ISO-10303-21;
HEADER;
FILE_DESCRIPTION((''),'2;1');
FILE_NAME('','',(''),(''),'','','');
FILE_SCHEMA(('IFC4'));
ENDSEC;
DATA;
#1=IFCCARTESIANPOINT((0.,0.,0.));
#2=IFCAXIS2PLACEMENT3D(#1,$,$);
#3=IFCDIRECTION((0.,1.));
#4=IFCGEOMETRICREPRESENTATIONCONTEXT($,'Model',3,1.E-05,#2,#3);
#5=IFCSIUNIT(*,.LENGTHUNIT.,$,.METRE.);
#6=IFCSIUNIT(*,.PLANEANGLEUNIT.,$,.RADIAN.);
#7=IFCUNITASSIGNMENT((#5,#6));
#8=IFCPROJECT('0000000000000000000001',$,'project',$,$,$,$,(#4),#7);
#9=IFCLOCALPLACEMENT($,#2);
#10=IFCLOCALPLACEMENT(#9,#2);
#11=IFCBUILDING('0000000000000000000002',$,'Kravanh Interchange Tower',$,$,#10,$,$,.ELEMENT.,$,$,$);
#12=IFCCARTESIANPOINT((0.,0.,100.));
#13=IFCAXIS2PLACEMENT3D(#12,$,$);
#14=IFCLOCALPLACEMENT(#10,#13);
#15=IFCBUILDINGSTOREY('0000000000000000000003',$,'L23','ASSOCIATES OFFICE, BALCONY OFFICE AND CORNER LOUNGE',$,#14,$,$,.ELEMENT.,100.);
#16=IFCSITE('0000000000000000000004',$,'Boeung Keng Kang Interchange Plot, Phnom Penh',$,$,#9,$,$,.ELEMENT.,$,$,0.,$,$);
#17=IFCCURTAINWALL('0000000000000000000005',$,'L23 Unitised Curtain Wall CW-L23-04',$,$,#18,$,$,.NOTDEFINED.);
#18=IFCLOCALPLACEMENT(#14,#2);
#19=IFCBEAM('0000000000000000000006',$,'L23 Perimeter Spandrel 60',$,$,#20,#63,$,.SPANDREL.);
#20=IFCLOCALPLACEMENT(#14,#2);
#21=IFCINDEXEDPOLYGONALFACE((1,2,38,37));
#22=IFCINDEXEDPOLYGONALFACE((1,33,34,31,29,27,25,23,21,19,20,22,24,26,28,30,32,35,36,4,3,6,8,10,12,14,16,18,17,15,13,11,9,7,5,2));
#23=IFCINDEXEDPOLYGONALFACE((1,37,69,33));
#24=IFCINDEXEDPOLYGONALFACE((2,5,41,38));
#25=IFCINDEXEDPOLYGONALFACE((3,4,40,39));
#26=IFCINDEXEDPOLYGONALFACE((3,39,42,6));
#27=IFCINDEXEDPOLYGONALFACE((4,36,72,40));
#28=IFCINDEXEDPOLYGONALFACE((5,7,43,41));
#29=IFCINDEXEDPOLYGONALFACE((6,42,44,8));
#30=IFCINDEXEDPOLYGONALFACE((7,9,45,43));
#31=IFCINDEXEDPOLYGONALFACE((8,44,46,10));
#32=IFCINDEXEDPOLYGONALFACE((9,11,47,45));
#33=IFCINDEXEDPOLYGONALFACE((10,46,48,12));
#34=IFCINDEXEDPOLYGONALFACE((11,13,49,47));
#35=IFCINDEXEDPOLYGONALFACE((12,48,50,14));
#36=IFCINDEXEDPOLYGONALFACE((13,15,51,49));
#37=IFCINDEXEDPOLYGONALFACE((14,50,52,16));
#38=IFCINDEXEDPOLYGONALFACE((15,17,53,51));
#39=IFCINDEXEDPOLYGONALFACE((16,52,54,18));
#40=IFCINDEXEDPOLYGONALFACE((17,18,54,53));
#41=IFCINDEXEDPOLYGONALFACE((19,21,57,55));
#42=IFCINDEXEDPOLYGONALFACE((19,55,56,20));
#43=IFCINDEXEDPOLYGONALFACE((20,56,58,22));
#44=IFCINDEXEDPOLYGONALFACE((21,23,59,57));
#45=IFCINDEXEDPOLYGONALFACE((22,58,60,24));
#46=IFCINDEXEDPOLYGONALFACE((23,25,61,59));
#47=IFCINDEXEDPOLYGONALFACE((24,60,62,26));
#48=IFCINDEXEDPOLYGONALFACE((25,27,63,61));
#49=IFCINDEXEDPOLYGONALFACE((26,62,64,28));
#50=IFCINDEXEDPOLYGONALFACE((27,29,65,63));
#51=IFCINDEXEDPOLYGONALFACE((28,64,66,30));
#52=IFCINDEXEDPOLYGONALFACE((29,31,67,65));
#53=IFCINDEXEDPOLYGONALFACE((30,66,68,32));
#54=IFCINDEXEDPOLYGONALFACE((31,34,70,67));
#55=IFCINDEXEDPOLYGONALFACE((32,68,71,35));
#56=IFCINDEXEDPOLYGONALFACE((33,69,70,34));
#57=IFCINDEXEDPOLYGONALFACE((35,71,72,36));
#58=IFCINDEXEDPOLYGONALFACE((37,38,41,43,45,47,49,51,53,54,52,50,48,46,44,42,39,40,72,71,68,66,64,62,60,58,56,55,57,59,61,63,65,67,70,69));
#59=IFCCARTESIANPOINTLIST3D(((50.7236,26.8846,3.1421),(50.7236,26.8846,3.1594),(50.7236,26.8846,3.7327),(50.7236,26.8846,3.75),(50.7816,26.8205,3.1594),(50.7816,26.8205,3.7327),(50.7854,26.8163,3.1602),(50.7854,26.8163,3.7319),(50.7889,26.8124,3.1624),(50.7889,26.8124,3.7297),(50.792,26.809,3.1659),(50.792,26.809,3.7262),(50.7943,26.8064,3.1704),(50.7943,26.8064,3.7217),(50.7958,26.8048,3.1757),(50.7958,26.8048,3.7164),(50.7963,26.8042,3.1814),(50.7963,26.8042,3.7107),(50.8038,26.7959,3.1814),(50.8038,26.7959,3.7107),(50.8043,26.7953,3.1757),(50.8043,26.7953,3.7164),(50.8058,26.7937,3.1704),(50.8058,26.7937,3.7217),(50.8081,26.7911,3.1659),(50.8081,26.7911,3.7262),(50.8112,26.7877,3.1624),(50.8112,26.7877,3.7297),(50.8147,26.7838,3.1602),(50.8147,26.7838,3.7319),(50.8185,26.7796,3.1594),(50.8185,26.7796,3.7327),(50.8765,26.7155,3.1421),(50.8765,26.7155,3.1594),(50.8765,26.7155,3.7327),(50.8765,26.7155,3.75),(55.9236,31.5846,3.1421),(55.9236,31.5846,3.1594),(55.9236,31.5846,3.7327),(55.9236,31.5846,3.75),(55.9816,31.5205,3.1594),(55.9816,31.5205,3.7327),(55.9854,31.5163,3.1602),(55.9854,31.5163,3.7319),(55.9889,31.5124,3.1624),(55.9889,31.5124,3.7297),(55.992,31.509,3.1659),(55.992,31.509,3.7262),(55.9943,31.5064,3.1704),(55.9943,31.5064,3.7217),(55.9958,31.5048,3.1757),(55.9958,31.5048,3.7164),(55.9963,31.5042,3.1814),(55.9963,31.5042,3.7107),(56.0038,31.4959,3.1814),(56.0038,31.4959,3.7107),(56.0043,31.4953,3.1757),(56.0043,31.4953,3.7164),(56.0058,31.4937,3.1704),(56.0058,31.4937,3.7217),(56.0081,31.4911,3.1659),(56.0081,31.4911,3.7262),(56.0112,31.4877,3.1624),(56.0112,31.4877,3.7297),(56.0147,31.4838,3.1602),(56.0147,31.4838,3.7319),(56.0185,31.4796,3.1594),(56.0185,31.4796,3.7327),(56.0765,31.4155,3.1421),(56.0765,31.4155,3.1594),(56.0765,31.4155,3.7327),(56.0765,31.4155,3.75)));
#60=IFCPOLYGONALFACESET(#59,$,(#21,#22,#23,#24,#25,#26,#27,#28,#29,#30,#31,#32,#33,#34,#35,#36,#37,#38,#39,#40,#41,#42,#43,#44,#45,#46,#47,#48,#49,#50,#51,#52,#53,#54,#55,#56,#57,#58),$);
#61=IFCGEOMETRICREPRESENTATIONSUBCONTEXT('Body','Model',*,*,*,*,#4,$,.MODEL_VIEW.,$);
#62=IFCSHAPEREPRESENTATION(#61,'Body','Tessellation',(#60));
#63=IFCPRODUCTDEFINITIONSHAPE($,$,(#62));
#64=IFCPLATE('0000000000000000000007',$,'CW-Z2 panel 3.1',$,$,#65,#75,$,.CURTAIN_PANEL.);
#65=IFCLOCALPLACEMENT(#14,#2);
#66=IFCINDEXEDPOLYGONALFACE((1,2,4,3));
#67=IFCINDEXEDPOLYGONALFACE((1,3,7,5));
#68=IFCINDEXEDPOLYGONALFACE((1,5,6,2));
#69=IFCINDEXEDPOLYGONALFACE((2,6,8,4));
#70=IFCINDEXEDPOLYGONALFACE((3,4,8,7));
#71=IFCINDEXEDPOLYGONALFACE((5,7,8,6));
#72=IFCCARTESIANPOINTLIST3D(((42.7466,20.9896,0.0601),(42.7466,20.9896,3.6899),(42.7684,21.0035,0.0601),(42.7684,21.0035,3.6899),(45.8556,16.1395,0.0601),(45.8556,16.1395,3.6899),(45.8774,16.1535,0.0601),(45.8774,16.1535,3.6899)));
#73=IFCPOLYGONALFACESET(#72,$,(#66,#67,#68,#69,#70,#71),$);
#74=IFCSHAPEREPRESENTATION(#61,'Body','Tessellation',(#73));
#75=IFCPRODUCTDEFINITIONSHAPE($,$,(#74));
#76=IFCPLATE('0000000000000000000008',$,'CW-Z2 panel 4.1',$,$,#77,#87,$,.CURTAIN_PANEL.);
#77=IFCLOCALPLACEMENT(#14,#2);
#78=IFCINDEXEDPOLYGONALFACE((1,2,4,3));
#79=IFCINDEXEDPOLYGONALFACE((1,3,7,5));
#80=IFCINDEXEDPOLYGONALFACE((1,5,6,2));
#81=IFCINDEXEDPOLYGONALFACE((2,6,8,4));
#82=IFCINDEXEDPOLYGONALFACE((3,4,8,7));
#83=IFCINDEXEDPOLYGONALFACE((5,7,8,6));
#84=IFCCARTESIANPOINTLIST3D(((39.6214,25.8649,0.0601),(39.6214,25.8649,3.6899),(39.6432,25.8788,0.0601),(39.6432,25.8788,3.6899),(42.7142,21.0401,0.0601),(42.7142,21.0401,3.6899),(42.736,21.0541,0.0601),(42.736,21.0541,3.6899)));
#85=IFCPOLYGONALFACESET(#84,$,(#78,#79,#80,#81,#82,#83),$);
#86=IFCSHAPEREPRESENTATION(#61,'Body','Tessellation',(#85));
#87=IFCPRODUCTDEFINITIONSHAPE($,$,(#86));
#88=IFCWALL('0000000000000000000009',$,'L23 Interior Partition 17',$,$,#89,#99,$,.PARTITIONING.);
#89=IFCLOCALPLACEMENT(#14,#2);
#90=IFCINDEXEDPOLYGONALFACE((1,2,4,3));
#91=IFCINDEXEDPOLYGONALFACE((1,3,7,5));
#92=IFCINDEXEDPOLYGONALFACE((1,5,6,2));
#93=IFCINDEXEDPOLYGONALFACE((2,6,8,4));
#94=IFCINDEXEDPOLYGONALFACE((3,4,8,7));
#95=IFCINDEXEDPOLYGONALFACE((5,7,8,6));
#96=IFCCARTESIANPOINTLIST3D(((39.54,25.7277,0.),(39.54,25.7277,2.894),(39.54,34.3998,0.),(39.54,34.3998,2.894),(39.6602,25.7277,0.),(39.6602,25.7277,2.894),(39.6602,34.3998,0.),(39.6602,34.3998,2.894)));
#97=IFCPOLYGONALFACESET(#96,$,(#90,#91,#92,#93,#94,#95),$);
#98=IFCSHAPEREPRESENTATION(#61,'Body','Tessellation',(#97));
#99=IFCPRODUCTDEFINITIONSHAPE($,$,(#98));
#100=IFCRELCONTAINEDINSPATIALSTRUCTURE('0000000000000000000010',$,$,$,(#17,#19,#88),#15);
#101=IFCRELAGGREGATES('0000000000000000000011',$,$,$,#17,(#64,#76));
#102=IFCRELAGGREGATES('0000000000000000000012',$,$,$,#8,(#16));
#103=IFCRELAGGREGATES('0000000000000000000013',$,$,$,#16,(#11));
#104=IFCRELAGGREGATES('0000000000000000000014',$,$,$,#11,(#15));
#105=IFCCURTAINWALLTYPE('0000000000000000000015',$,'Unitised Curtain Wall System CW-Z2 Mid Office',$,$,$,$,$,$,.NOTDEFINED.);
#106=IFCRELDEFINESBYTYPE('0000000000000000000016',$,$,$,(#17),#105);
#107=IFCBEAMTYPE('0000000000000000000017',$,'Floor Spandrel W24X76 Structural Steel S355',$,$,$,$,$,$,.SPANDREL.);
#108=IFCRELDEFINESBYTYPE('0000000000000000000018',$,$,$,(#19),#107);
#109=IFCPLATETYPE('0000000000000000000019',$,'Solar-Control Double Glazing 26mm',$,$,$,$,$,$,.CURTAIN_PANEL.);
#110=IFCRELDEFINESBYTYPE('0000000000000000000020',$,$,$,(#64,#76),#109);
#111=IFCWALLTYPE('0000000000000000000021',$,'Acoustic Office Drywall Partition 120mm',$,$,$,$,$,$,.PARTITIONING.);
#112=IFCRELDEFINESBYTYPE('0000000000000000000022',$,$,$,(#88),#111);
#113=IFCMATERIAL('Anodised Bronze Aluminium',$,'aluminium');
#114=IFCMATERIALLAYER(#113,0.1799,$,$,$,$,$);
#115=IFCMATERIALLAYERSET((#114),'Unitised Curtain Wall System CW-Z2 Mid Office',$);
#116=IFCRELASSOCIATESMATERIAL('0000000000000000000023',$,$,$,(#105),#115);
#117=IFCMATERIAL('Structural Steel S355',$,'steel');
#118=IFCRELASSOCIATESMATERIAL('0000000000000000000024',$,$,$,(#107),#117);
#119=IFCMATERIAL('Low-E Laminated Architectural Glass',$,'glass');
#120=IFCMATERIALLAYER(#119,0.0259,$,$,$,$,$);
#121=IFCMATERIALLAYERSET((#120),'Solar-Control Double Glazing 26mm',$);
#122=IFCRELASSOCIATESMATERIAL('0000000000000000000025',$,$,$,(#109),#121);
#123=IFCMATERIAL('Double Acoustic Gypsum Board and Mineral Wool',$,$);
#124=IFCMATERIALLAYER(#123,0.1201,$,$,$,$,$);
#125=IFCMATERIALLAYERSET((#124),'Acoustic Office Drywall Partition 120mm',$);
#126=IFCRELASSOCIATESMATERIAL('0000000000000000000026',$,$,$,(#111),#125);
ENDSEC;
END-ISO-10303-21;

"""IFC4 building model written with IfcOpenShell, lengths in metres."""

from ifc_helpers import new_model, si_unit, direction, frame, frame_2d, origin, origin_2d, place, context, subcontext, project, spatial, rectangle, i_section, extrude, material, layer, layer_set, material_profile, profile_set, type_object, element, aggregate, save


model = new_model("IFC4")

# Units and contexts
model_context = context("Model", 3, precision=1e-05, world=origin(), true_north=direction((0.0, 1.0)))
body_context = subcontext(model_context, "Body", "Model", "MODEL_VIEW")
ifc_project = project(units=[si_unit("LENGTHUNIT", "METRE"), si_unit("PLANEANGLEUNIT", "RADIAN")], contexts=[model_context])

# Site, building, storey
site_placement = place(None, origin())
site = spatial("IfcSite", under=ifc_project, at=site_placement, Name="Boeung Keng Kang Interchange Plot, Phnom Penh", CompositionType="ELEMENT", RefElevation=0.0)
building_placement = place(site_placement, origin())
building = spatial("IfcBuilding", under=site, at=building_placement, Name="Kravanh Interchange Tower", CompositionType="ELEMENT")
storey_placement = place(building_placement, frame((0.0, 0.0, 100.0)))
storey = spatial("IfcBuildingStorey", under=building, at=storey_placement, Name="L23", Description="ASSOCIATES OFFICE, BALCONY OFFICE AND CORNER LOUNGE", CompositionType="ELEMENT", Elevation=100.0)

# Curtain wall
ifc_material_1 = material(Name="Anodised Bronze Aluminium", Category="aluminium")
ifc_layer_1 = layer(ifc_material_1, 0.1799)
ifc_layer_set_1 = layer_set([ifc_layer_1], Name="Unitised Curtain Wall System CW-Z2 Mid Office")
curtain_wall_type = type_object("IfcCurtainWallType", Name="Unitised Curtain Wall System CW-Z2 Mid Office", PredefinedType="NOTDEFINED", material=ifc_layer_set_1)
curtain_wall_1_placement = place(storey_placement, origin())
curtain_wall_1 = element("IfcCurtainWall", 1, at=curtain_wall_1_placement, inside=storey, type_object=curtain_wall_type, Name="L23 Unitised Curtain Wall CW-L23-04", PredefinedType="NOTDEFINED")

# Beam
ifc_material_2 = material(Name="Structural Steel S355", Category="steel")
ifc_material_profile_1 = material_profile(ifc_material_2, i_section(OverallWidth=0.228, OverallDepth=0.6079, WebThickness=0.0112, FlangeThickness=0.0173, FilletRadius=0.022, at=origin_2d()), Name="W24X76")
ifc_profile_set_1 = profile_set([ifc_material_profile_1], Name="Structural Steel S355")
beam_type_1 = type_object("IfcBeamType", Name="Floor Spandrel W24X76 Structural Steel S355", PredefinedType="SPANDREL", material=ifc_profile_set_1)
beam_1_placement = place(storey_placement, frame((50.8, 26.8, 3.446), z_axis=(0.741874, 0.670539, 0.0), x_axis=(-0.670539, 0.741874, 0.0)))
element("IfcBeam", 2, at=beam_1_placement, inside=storey, type_object=beam_type_1, Name="L23 Perimeter Spandrel 60", PredefinedType="SPANDREL", context=body_context, shape_type="SweptSolid", body=[
    extrude(i_section(OverallWidth=0.228, OverallDepth=0.6079, WebThickness=0.0112, FlangeThickness=0.0173, FilletRadius=0.022, at=origin_2d()), origin(), (0.0, 0.0, 1.0), 7.0093),
])

# Plates
ifc_material_3 = material(Name="Low-E Laminated Architectural Glass", Category="glass")
ifc_layer_2 = layer(ifc_material_3, 0.0259)
ifc_layer_set_2 = layer_set([ifc_layer_2], Name="Solar-Control Double Glazing 26mm")
plate_type = type_object("IfcPlateType", Name="Solar-Control Double Glazing 26mm", PredefinedType="CURTAIN_PANEL", material=ifc_layer_set_2)
plate_1_placement = place(storey_placement, frame((44.312, 18.5715, 0.0601), z_axis=(0.0, 0.0, 1.0), x_axis=(-0.539665, 0.84188, 0.0)))
plate_1 = element("IfcPlate", 3, at=plate_1_placement, type_object=plate_type, Name="CW-Z2 panel 3.1", PredefinedType="CURTAIN_PANEL", context=body_context, shape_type="SweptSolid", body=[
    extrude(rectangle(XDim=5.761, YDim=0.0259, at=origin_2d()), origin(), (0.0, 0.0, 1.0), 3.6299),
])
plate_2_placement = place(storey_placement, frame((41.1787, 23.4595, 0.0601), z_axis=(0.0, 0.0, 1.0), x_axis=(-0.539665, 0.84188, 0.0)))
plate_2 = element("IfcPlate", 4, at=plate_2_placement, type_object=plate_type, Name="CW-Z2 panel 4.1", PredefinedType="CURTAIN_PANEL", context=body_context, shape_type="SweptSolid", body=[
    extrude(rectangle(XDim=5.731, YDim=0.0259, at=origin_2d()), origin(), (0.0, 0.0, 1.0), 3.6299),
])
aggregate(curtain_wall_1, [plate_1, plate_2])

# Wall
ifc_material_4 = material(Name="Double Acoustic Gypsum Board and Mineral Wool")
ifc_layer_3 = layer(ifc_material_4, 0.1201)
ifc_layer_set_3 = layer_set([ifc_layer_3], Name="Acoustic Office Drywall Partition 120mm")
wall_type = type_object("IfcWallType", Name="Acoustic Office Drywall Partition 120mm", PredefinedType="PARTITIONING", material=ifc_layer_set_3)
wall_placement = place(storey_placement, frame((39.6001, 25.7278, 0.0), z_axis=(0.0, 0.0, 1.0), x_axis=(0.0, 1.0, 0.0)))
element("IfcWall", 5, at=wall_placement, inside=storey, type_object=wall_type, Name="L23 Interior Partition 17", PredefinedType="PARTITIONING", context=body_context, shape_type="SweptSolid", body=[
    extrude(rectangle(XDim=8.6721, YDim=0.1201, at=frame_2d((4.3359, 0.0))), origin(), (0.0, 0.0, 1.0), 2.894),
])

save(model, "model.ifc")
